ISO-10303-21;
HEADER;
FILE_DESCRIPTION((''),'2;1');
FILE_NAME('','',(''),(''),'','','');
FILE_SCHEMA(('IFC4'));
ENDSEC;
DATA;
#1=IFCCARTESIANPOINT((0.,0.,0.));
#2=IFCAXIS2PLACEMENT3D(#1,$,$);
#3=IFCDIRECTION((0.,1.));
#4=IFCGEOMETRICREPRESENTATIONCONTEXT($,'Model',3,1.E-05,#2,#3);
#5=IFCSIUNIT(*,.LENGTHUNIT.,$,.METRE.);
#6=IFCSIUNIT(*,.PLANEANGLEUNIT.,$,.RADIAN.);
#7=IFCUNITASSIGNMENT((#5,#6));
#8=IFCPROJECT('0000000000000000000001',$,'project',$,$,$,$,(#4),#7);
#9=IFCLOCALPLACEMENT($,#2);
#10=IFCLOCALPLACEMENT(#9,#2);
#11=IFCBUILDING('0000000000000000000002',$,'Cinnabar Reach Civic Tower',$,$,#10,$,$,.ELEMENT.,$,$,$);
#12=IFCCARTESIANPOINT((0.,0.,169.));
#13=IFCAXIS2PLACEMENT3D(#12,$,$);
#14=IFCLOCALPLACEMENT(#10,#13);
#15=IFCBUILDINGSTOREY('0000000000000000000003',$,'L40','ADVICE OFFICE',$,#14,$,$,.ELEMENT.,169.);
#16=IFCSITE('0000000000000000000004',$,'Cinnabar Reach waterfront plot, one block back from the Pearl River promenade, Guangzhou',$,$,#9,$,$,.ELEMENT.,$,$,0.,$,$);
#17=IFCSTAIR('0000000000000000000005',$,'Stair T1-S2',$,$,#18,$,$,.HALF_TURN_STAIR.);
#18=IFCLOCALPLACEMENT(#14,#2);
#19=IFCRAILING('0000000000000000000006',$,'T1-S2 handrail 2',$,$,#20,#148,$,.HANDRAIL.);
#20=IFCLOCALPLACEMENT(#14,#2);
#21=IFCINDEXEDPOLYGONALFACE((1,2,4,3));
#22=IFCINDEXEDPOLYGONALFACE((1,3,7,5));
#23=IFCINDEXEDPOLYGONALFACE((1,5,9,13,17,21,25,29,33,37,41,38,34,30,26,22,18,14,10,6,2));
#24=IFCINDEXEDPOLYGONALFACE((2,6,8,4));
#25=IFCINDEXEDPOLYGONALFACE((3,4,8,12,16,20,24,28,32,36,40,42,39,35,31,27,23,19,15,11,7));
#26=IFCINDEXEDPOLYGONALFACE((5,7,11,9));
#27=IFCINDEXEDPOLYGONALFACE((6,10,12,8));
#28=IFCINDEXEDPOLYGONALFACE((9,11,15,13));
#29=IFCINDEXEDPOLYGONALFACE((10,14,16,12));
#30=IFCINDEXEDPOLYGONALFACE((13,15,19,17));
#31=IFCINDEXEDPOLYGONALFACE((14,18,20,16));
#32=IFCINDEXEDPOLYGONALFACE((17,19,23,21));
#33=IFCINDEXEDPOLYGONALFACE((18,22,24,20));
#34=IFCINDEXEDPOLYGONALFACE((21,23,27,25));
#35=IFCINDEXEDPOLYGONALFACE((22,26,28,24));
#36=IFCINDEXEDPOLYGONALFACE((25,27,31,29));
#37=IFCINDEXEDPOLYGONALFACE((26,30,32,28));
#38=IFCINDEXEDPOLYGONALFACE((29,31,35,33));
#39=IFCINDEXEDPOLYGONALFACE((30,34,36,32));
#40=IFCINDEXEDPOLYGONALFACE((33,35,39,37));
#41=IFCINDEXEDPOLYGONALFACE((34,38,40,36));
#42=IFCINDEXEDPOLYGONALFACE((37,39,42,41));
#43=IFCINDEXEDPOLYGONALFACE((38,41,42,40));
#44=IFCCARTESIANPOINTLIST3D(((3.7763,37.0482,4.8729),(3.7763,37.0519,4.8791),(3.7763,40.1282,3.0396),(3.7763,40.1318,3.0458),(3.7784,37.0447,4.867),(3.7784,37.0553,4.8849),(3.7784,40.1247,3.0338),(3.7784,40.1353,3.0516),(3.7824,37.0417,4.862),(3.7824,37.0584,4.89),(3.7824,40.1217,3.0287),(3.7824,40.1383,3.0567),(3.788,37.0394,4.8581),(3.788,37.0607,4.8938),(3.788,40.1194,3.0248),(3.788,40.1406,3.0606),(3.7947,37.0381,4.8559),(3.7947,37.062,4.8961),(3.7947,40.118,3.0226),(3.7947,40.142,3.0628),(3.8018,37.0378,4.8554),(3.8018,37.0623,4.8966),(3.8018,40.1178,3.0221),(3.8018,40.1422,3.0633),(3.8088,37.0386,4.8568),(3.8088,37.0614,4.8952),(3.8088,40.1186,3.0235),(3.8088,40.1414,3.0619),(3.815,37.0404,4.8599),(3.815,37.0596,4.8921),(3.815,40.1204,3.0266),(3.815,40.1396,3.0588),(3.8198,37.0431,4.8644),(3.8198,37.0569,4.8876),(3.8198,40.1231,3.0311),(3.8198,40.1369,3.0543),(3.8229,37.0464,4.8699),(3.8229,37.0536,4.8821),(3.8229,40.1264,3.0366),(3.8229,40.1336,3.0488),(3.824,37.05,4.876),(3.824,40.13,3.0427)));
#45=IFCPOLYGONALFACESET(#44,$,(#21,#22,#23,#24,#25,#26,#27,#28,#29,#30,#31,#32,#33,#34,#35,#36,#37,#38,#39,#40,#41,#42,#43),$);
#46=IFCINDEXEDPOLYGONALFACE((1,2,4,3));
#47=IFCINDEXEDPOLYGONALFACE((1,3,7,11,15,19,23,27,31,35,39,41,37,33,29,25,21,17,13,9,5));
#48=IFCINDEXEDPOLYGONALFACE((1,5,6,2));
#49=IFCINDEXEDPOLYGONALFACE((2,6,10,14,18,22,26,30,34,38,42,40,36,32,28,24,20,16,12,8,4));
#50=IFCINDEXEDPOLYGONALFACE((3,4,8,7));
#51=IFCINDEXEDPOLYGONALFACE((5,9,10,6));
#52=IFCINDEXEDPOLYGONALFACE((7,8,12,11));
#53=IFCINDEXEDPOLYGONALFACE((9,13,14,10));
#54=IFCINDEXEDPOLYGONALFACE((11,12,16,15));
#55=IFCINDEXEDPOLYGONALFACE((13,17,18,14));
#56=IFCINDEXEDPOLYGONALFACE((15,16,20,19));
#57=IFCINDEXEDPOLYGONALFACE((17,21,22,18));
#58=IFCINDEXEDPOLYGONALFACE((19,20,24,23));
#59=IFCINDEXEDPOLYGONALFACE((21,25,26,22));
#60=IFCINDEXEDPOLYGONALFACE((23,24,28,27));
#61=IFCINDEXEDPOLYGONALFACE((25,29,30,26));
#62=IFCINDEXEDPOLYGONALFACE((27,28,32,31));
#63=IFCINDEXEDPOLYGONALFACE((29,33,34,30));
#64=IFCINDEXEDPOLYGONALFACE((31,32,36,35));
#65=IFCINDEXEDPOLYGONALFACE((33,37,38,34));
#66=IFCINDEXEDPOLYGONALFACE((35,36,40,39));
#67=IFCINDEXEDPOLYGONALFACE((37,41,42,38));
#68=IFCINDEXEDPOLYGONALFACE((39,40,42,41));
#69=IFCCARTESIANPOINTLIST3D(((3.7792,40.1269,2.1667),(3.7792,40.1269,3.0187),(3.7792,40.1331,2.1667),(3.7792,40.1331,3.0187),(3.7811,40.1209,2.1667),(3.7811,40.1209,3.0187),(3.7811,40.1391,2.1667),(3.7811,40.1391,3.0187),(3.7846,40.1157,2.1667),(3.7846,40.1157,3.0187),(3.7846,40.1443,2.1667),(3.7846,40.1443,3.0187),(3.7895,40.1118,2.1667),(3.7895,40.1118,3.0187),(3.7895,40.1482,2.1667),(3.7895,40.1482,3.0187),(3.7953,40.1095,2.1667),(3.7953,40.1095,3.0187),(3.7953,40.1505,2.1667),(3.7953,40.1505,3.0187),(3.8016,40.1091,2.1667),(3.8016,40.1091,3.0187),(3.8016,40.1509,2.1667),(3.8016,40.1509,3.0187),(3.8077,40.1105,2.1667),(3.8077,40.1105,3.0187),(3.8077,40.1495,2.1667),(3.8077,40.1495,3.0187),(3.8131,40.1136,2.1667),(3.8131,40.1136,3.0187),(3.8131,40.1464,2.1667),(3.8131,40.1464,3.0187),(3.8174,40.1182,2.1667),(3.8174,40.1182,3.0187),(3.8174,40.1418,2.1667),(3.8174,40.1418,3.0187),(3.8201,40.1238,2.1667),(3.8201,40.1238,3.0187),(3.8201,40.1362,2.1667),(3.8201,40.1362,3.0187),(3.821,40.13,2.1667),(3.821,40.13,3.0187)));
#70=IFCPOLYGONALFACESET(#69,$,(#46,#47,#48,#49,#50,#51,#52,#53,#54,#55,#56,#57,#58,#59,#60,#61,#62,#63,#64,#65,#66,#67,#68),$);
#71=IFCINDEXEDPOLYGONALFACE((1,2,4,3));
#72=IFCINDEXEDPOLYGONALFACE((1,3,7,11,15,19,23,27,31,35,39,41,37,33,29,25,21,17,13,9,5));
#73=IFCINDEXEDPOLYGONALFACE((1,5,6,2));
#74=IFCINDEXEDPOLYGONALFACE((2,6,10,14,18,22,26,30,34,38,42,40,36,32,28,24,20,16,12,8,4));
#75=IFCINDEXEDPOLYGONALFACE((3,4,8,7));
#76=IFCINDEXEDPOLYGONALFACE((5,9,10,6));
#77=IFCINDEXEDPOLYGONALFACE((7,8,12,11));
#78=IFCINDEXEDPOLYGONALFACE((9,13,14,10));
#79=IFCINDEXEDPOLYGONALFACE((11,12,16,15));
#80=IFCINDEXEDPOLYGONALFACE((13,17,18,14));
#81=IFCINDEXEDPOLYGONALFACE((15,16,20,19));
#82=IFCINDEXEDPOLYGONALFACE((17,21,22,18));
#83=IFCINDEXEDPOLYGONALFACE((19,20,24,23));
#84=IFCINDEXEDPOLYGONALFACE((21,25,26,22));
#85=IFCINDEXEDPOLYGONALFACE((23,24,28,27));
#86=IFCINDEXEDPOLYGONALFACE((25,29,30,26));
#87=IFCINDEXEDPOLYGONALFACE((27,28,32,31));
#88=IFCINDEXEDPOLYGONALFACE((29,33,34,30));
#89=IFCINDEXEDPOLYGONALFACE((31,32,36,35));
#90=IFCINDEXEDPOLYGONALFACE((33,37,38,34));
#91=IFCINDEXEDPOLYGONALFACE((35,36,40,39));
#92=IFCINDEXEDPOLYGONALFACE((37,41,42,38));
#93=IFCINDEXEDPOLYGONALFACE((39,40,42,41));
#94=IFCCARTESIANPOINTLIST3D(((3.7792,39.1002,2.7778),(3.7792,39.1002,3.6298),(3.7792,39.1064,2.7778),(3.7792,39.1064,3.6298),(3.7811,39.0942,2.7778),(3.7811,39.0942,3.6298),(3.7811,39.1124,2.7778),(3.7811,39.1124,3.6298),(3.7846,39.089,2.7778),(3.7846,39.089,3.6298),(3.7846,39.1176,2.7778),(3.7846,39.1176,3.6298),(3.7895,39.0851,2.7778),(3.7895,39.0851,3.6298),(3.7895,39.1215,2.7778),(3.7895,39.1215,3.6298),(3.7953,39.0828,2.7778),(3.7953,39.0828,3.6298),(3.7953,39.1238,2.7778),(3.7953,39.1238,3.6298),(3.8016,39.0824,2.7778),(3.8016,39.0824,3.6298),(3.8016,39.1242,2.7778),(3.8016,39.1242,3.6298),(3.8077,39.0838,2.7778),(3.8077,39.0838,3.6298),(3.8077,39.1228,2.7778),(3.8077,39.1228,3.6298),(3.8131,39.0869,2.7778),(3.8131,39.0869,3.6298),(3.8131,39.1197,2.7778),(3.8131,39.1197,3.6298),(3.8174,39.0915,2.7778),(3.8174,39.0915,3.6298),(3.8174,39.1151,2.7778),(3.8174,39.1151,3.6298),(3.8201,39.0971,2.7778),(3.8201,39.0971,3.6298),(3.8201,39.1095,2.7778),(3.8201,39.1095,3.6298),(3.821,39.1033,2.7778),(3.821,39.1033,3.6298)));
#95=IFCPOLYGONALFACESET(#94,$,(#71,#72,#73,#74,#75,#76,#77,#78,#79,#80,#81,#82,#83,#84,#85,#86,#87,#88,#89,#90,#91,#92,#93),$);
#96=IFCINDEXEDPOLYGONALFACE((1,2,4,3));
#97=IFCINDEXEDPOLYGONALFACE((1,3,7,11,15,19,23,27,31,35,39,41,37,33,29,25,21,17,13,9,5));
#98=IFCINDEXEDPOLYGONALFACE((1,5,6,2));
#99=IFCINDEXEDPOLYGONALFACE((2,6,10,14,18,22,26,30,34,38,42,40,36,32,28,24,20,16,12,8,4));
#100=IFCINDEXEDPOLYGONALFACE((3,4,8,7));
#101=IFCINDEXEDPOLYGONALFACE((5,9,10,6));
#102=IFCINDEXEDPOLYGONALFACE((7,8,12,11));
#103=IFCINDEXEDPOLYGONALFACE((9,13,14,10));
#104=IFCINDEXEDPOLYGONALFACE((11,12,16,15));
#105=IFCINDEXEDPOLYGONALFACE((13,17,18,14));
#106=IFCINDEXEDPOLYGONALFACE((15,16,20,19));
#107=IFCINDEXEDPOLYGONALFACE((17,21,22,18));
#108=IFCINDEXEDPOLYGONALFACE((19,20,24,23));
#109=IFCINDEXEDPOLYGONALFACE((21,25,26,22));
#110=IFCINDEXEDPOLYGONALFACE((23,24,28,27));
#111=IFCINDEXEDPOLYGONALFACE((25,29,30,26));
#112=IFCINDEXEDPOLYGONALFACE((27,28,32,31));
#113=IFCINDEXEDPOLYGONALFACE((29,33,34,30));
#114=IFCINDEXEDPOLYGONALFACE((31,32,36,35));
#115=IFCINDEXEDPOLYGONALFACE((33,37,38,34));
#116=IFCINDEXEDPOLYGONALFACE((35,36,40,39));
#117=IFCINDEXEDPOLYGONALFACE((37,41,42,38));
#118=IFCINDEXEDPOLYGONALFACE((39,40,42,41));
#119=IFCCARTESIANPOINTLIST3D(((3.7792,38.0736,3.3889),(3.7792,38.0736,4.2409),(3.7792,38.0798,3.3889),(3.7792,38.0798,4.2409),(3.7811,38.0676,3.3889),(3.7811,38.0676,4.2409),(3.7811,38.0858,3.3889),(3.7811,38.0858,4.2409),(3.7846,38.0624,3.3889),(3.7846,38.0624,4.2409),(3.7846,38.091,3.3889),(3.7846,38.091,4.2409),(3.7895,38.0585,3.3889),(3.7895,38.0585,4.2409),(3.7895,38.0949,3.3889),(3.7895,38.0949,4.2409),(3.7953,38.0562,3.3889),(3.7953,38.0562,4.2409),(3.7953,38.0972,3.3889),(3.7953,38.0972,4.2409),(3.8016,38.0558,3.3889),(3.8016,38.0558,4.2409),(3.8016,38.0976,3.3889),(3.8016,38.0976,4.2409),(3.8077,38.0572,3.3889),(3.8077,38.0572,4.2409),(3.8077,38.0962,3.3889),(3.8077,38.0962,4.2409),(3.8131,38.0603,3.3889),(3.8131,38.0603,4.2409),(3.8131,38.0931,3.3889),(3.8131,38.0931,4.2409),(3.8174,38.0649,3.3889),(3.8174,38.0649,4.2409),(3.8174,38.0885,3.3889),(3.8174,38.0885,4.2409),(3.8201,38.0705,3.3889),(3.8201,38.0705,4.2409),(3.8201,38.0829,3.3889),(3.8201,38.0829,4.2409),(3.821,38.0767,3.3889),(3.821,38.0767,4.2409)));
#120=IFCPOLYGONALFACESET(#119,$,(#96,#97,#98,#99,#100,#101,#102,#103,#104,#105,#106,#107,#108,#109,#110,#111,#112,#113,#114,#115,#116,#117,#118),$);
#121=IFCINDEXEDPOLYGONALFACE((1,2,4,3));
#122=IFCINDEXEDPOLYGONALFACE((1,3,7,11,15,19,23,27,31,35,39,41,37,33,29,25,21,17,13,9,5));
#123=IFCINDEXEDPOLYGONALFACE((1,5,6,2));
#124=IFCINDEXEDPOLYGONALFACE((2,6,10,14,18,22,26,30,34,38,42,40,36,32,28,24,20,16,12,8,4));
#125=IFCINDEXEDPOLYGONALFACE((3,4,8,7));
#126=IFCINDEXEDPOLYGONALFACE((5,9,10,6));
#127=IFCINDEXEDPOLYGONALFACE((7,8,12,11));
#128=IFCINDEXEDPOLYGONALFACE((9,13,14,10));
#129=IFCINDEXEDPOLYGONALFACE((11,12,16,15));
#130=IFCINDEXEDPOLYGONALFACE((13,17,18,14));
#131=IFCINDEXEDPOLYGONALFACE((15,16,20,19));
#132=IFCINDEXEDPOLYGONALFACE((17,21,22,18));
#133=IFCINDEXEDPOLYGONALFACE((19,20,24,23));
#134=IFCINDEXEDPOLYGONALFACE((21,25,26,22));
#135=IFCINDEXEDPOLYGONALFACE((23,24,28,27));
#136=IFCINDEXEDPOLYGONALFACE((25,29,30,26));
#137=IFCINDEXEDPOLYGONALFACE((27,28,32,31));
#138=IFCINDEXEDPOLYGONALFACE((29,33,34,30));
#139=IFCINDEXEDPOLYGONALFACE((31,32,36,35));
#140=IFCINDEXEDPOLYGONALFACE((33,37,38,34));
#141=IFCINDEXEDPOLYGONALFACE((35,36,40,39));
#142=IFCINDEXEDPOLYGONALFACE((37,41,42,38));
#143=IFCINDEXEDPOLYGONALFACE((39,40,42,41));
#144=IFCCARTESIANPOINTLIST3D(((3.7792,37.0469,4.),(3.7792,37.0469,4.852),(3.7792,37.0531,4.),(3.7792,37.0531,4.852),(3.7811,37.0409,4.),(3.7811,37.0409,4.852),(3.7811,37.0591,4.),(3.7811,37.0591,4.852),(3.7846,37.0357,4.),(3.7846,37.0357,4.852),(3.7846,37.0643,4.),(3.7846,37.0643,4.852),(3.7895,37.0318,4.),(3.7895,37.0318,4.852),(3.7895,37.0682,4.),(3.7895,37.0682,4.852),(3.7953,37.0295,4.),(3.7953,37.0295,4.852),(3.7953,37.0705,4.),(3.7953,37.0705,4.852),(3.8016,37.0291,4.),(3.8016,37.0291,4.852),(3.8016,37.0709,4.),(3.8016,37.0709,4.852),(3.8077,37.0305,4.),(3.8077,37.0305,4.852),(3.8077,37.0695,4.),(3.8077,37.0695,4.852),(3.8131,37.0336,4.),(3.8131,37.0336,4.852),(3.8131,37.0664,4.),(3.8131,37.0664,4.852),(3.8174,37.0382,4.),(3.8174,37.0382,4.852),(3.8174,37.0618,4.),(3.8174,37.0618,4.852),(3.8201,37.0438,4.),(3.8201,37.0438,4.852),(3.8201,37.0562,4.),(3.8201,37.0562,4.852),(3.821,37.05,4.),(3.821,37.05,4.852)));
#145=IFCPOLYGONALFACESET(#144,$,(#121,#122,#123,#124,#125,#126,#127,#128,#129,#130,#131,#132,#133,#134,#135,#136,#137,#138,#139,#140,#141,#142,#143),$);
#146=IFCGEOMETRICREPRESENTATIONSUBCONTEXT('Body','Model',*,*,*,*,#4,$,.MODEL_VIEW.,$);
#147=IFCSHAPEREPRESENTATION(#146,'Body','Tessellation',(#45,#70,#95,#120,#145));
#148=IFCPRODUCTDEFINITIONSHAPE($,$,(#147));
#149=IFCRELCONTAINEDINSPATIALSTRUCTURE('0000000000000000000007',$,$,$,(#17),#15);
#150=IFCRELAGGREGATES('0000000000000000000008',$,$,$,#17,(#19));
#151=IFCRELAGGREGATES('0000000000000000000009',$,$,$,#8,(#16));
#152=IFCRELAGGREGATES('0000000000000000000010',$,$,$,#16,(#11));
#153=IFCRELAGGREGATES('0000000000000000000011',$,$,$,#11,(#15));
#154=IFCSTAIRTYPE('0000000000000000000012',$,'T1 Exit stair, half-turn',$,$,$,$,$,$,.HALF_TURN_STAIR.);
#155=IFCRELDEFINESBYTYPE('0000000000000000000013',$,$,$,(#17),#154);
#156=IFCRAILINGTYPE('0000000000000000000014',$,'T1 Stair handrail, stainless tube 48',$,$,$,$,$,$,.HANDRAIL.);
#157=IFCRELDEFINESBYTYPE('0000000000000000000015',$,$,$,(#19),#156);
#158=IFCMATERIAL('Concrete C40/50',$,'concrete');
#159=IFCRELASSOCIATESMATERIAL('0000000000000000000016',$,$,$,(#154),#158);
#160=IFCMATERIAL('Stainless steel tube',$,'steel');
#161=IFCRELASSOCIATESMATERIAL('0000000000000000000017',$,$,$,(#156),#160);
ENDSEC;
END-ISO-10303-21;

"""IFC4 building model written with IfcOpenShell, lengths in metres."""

from ifc_helpers import new_model, si_unit, direction, frame, origin, origin_2d, place, context, subcontext, project, spatial, circle, extrude, material, type_object, element, aggregate, save


model = new_model("IFC4")

# Units and contexts
model_context = context("Model", 3, precision=1e-05, world=origin(), true_north=direction((0.0, 1.0)))
body_context = subcontext(model_context, "Body", "Model", "MODEL_VIEW")
ifc_project = project(units=[si_unit("LENGTHUNIT", "METRE"), si_unit("PLANEANGLEUNIT", "RADIAN")], contexts=[model_context])

# Site, building, storey
site_placement = place(None, origin())
site = spatial("IfcSite", under=ifc_project, at=site_placement, Name="Cinnabar Reach waterfront plot, one block back from the Pearl River promenade, Guangzhou", CompositionType="ELEMENT", RefElevation=0.0)
building_placement = place(site_placement, origin())
building = spatial("IfcBuilding", under=site, at=building_placement, Name="Cinnabar Reach Civic Tower", CompositionType="ELEMENT")
storey_placement = place(building_placement, frame((0.0, 0.0, 169.0)))
storey = spatial("IfcBuildingStorey", under=building, at=storey_placement, Name="L40", Description="ADVICE OFFICE", CompositionType="ELEMENT", Elevation=169.0)

# Shared definitions
ifc_material_1 = material(Name="Concrete C40/50", Category="concrete")

# Stair, railing
stair_type = type_object("IfcStairType", Name="T1 Exit stair, half-turn", PredefinedType="HALF_TURN_STAIR", material=ifc_material_1)
stair_placement = place(storey_placement, origin())
stair = element("IfcStair", 1, at=stair_placement, inside=storey, type_object=stair_type, Name="Stair T1-S2", PredefinedType="HALF_TURN_STAIR")
ifc_material_2 = material(Name="Stainless steel tube", Category="steel")
railing_type = type_object("IfcRailingType", Name="T1 Stair handrail, stainless tube 48", PredefinedType="HANDRAIL", material=ifc_material_2)
railing_1_placement = place(storey_placement, frame((3.8, 40.13, 2.1667)))
railing_1 = element("IfcRailing", 2, at=railing_1_placement, type_object=railing_type, Name="T1-S2 handrail 2", PredefinedType="HANDRAIL", context=body_context, shape_type="SweptSolid", body=[
    extrude(circle(Radius=0.024, at=origin_2d()), frame((0.0, 0.0, 0.876), z_axis=(0.0, -0.859297, 0.511477), x_axis=(1.0, 0.0, 0.0)), (0.0, 0.0, 1.0), 3.5843),
    extrude(circle(Radius=0.021, at=origin_2d()), origin(), (0.0, 0.0, 1.0), 0.852),
    extrude(circle(Radius=0.021, at=origin_2d()), frame((0.0, -1.0267, 0.6111)), (0.0, 0.0, 1.0), 0.852),
    extrude(circle(Radius=0.021, at=origin_2d()), frame((0.0, -2.0533, 1.2222)), (0.0, 0.0, 1.0), 0.852),
    extrude(circle(Radius=0.021, at=origin_2d()), frame((0.0, -3.08, 1.8333)), (0.0, 0.0, 1.0), 0.852),
])
aggregate(stair, [railing_1])

save(model, "model.ifc")
